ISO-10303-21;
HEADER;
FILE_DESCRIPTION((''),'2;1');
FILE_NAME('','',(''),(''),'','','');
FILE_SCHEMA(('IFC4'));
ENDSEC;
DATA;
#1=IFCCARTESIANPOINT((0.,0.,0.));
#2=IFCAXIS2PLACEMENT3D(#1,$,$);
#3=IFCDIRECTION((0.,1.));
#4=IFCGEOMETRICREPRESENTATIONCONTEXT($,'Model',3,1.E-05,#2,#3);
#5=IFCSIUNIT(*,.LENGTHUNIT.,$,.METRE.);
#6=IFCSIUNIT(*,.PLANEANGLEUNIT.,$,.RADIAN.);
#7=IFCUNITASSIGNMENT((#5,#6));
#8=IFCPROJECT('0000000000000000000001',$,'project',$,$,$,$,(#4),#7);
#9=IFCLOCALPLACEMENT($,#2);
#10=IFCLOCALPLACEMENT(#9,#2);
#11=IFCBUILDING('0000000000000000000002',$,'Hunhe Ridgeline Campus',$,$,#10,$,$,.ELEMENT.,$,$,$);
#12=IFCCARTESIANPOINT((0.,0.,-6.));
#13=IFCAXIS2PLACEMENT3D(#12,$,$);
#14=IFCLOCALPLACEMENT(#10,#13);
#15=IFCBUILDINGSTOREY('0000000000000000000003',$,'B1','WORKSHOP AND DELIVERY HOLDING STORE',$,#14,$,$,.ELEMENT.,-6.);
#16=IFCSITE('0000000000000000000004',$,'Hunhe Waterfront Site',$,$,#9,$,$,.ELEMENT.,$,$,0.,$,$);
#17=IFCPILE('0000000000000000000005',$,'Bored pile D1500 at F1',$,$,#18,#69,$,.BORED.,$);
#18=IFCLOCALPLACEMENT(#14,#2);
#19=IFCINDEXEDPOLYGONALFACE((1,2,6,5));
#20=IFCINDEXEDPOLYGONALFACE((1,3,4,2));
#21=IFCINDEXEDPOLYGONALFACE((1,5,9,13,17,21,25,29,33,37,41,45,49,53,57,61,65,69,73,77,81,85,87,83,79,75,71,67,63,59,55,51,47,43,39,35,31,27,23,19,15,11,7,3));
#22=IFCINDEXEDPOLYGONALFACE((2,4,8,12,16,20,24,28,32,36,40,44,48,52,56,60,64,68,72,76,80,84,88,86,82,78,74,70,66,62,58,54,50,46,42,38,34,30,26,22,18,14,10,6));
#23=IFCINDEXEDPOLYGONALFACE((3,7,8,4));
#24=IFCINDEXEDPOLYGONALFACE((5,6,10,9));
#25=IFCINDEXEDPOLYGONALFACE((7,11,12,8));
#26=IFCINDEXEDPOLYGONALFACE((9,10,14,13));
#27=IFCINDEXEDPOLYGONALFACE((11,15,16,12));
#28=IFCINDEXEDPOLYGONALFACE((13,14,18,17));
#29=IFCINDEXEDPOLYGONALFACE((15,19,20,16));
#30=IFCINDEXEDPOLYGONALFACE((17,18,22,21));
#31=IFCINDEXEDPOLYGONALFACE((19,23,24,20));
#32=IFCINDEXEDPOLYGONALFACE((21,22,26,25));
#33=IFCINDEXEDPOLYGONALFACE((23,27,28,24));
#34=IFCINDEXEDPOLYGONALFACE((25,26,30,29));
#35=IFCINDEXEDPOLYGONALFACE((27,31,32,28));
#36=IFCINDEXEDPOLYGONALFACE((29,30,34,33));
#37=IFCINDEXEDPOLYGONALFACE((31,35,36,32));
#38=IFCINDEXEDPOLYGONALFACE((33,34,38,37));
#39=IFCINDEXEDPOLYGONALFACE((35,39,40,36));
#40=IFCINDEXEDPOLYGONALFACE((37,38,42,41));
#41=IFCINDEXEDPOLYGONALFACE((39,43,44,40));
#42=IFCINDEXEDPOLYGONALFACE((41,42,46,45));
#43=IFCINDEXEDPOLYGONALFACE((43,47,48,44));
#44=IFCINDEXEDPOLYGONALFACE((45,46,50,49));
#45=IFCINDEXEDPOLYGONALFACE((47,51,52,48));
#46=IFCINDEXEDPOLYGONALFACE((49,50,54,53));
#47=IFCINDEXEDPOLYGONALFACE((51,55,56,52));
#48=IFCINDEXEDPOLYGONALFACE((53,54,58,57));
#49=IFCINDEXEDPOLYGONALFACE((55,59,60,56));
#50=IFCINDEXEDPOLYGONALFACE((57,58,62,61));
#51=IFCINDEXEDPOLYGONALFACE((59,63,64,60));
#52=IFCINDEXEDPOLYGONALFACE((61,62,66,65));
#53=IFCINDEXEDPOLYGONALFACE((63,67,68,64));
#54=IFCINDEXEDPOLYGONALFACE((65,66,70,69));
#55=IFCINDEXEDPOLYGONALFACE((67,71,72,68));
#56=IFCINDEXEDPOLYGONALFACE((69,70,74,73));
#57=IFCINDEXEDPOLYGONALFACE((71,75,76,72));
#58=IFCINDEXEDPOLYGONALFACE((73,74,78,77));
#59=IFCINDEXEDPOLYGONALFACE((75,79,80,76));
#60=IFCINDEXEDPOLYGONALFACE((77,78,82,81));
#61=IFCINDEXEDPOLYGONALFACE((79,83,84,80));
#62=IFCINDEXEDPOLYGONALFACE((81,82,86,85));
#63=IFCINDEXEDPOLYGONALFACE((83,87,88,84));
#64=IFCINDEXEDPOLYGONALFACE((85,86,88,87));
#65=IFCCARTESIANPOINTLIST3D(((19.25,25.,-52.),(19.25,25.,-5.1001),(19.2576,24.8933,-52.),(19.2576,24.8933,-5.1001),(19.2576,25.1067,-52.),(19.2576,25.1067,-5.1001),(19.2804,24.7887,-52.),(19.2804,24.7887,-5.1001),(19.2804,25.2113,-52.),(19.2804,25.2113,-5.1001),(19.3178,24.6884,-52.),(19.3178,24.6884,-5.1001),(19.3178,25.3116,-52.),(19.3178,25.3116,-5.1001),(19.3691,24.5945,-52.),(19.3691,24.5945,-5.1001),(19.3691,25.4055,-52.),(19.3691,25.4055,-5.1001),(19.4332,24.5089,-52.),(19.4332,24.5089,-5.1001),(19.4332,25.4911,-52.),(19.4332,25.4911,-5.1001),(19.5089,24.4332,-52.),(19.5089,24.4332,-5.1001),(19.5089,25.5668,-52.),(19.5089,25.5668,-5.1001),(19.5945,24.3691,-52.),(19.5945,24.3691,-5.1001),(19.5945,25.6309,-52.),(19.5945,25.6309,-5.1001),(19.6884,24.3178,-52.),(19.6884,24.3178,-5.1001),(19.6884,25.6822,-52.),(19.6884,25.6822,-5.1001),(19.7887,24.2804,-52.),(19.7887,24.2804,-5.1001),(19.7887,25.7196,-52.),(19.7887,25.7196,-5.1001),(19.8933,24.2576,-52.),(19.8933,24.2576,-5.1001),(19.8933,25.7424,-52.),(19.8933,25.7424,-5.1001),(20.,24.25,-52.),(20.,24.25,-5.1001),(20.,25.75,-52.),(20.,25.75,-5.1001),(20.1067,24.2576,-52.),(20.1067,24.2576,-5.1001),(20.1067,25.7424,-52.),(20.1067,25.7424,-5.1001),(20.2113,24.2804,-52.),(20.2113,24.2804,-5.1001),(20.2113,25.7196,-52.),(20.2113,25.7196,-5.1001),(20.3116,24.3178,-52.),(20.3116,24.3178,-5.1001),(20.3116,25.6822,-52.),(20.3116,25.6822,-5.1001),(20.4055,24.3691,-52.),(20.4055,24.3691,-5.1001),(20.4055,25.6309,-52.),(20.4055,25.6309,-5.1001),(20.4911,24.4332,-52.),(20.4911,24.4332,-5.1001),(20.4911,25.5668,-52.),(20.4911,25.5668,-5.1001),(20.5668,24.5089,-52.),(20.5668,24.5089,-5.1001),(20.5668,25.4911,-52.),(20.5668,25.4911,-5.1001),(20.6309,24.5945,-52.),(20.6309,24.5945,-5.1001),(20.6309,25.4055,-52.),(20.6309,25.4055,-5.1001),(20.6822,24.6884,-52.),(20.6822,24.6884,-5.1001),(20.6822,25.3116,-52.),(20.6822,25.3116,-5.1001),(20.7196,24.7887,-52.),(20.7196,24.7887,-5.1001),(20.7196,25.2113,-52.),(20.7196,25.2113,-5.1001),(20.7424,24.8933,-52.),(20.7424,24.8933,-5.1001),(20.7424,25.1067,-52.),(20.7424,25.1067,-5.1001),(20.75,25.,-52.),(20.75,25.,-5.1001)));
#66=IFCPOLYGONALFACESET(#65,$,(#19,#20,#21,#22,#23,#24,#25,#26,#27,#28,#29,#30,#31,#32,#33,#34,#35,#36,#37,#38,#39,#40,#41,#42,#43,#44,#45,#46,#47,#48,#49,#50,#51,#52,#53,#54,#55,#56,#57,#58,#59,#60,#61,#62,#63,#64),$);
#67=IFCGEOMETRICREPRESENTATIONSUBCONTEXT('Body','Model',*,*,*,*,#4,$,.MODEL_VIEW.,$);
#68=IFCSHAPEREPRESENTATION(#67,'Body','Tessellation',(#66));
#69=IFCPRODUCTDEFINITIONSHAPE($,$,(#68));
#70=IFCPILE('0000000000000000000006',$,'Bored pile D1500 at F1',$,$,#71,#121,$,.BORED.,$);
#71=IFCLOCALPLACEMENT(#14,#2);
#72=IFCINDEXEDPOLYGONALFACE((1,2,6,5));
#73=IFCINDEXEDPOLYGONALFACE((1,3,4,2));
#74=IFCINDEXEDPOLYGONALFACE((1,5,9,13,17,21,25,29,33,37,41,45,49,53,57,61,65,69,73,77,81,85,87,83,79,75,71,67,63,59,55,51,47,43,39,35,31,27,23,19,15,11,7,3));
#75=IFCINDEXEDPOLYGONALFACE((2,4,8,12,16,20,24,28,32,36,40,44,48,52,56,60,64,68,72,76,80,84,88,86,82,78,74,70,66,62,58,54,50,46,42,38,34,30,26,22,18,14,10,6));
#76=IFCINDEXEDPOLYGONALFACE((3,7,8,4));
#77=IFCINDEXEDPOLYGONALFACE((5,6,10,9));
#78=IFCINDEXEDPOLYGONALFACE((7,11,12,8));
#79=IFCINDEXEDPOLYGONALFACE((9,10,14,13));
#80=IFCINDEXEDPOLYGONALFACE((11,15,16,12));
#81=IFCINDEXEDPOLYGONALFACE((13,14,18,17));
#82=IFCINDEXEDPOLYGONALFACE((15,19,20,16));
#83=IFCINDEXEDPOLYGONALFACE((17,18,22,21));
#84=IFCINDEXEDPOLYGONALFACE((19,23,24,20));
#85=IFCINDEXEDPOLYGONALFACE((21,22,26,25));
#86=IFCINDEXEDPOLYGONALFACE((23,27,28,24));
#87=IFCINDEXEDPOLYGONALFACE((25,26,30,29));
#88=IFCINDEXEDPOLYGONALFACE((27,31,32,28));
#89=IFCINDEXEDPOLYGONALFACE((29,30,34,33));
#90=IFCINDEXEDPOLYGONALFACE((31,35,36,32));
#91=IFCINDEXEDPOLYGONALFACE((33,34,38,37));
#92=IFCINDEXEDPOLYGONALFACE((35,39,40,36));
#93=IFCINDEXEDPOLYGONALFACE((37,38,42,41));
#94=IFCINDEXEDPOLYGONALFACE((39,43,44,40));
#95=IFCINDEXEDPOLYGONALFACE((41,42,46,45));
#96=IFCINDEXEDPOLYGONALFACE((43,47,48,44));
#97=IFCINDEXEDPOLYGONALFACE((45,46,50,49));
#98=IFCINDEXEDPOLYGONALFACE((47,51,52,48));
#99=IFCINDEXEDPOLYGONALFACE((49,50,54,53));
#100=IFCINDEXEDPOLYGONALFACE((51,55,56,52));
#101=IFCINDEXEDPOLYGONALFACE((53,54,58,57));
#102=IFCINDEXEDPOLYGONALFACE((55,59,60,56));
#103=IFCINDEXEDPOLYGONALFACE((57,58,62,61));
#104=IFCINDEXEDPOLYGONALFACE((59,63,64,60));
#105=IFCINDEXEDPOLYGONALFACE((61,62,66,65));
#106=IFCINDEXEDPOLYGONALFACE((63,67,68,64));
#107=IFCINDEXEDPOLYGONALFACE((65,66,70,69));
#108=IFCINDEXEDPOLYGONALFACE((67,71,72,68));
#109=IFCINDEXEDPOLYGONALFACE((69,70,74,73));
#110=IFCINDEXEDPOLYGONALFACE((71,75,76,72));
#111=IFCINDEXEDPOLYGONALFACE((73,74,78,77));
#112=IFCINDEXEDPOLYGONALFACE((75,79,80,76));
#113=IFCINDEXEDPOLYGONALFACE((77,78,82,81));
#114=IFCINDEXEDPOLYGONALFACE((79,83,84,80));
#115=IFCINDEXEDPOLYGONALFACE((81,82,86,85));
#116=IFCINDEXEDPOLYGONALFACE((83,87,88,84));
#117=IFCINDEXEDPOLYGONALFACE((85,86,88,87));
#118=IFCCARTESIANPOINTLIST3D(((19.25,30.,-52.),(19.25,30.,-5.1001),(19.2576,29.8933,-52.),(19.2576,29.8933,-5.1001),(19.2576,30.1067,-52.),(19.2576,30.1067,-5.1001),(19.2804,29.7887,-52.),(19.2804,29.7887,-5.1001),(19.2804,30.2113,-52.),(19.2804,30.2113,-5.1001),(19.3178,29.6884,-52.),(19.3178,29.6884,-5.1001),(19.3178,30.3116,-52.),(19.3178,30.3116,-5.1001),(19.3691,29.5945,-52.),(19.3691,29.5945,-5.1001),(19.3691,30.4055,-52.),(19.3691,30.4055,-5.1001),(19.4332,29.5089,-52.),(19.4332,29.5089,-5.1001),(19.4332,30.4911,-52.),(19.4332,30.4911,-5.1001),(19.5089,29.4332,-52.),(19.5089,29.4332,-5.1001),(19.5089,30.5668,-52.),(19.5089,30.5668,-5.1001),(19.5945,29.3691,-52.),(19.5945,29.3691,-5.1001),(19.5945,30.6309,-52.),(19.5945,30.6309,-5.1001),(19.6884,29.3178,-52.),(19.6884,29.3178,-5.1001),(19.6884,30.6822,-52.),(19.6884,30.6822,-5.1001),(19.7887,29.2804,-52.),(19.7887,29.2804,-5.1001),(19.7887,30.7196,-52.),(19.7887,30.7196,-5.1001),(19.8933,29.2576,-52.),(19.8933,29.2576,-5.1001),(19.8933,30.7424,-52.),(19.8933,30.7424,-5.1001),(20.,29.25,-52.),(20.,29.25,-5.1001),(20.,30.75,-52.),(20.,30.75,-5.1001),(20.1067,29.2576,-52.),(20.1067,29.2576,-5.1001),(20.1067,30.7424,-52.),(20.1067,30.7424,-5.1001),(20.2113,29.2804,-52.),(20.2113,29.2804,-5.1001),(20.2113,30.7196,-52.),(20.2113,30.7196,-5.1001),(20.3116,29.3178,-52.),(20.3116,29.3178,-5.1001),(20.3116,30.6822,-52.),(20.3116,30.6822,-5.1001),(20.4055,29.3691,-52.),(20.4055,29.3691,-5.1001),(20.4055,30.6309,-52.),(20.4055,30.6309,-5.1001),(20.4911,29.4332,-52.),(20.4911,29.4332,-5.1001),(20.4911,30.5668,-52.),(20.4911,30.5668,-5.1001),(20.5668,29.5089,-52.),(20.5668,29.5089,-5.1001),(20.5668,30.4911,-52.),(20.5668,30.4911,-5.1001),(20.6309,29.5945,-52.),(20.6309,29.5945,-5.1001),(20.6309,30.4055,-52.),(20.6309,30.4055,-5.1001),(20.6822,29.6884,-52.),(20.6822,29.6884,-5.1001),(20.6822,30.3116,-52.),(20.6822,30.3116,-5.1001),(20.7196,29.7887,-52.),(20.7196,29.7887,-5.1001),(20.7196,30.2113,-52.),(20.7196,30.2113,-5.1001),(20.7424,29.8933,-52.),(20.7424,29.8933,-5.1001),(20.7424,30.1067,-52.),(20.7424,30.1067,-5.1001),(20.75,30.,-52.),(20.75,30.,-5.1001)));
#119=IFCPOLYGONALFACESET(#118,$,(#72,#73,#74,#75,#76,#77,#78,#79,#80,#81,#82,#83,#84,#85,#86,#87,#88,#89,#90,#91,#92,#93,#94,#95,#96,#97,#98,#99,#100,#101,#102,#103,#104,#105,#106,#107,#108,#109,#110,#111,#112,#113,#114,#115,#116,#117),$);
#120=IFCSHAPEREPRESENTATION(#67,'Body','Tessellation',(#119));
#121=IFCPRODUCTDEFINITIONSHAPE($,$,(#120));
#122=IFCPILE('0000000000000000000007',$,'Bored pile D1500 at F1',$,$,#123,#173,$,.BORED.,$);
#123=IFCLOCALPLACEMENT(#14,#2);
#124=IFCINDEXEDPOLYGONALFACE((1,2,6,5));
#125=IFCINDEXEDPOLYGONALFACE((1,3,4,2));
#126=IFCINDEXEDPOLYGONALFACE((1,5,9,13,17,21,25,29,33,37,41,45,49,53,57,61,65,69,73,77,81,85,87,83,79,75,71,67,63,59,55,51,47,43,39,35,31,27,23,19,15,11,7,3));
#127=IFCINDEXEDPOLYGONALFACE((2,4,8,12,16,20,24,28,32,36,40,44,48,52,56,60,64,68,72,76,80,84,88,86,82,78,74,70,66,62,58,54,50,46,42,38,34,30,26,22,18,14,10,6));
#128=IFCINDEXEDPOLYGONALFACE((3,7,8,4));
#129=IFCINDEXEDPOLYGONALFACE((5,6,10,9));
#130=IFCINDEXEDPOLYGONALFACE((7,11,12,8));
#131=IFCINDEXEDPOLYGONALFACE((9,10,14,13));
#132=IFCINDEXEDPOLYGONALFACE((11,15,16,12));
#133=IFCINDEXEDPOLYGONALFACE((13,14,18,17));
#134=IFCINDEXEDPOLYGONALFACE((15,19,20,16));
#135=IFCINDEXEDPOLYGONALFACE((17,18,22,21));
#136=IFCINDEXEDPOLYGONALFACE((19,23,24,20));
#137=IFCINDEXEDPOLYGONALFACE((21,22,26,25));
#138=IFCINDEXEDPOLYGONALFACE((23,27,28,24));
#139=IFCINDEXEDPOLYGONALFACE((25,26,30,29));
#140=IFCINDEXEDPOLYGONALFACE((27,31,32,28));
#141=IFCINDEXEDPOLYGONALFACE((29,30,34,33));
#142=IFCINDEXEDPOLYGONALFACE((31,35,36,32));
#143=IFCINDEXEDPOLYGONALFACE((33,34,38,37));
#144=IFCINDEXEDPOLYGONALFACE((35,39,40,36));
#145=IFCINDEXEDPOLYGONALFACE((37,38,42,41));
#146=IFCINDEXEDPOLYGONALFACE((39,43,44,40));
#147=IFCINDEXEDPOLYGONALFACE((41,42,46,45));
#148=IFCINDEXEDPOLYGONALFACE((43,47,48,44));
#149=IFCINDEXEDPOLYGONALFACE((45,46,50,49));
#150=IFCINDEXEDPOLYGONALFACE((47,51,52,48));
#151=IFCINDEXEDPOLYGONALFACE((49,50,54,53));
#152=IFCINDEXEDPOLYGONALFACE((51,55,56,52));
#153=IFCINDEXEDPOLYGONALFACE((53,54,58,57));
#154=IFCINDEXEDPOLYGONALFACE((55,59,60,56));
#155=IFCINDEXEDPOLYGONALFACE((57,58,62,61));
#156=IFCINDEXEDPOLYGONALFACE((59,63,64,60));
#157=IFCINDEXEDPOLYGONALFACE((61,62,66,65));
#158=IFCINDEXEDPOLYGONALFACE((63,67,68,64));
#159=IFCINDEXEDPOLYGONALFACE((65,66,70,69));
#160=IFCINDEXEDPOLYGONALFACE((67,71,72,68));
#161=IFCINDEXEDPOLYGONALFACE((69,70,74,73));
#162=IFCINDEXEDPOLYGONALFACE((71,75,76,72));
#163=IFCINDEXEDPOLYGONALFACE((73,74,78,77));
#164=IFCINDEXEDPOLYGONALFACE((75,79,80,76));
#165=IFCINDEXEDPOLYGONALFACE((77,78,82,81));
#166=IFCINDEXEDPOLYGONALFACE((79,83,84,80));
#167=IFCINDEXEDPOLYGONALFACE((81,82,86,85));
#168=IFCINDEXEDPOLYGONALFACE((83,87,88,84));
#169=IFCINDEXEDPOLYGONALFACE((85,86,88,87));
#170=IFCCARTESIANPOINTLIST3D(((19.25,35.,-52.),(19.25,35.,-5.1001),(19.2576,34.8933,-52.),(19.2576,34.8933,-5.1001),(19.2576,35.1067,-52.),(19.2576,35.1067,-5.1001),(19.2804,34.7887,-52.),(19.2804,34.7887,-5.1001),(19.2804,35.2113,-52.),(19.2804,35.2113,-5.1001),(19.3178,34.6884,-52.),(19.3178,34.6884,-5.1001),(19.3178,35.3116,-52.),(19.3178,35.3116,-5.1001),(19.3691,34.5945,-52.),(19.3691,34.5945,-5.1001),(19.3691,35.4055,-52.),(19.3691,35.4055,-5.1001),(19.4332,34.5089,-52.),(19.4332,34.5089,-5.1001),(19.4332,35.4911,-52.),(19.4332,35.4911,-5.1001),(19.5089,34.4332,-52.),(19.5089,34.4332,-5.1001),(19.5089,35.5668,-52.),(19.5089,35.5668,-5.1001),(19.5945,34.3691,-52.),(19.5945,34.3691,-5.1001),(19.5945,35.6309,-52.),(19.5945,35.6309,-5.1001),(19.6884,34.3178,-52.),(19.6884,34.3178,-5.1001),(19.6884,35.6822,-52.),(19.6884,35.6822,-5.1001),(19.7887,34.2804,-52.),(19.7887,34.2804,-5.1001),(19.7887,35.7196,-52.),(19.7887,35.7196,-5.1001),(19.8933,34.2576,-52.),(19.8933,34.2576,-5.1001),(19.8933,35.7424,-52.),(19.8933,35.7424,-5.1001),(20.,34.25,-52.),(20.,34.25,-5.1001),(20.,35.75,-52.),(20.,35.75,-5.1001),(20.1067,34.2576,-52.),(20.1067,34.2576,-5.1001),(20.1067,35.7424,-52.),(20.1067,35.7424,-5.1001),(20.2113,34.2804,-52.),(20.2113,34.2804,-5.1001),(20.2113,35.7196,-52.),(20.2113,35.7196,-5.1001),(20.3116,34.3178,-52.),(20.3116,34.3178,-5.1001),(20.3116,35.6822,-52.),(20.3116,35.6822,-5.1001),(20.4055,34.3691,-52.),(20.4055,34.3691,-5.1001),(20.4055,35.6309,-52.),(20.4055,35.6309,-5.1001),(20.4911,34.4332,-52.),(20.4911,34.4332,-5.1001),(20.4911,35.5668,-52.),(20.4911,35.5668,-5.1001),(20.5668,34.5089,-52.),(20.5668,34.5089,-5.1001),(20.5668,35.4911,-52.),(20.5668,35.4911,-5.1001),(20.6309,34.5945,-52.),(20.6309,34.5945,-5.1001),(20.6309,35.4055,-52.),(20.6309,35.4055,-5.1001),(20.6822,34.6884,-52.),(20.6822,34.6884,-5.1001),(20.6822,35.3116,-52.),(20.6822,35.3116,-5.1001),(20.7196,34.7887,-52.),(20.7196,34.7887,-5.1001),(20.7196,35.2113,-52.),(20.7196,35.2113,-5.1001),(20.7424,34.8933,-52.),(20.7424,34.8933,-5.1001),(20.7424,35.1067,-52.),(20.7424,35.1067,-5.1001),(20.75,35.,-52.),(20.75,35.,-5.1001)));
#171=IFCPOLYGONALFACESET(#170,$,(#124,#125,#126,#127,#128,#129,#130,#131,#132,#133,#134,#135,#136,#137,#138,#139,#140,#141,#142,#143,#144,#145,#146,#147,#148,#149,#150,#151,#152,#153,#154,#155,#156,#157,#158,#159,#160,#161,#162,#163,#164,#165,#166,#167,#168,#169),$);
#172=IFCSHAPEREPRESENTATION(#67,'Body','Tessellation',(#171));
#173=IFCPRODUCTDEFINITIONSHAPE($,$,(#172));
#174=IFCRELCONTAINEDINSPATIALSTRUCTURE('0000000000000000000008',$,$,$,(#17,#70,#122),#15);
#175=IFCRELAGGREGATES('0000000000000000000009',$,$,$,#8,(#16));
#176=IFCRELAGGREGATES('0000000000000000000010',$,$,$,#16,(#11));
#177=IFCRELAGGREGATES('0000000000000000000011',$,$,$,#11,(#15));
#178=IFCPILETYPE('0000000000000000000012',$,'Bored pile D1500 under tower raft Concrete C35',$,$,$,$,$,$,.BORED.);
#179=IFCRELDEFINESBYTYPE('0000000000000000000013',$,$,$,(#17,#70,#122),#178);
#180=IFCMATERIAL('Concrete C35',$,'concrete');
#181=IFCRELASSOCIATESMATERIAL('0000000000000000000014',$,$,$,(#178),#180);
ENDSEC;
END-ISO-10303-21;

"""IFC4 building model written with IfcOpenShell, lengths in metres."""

from ifc_helpers import new_model, si_unit, direction, frame, origin, origin_2d, place, context, subcontext, project, spatial, circle, extrude, material, material_profile, profile_set, type_object, element, save


model = new_model("IFC4")

# Units and contexts
model_context = context("Model", 3, precision=1e-05, world=origin(), true_north=direction((0.0, 1.0)))
body_context = subcontext(model_context, "Body", "Model", "MODEL_VIEW")
ifc_project = project(units=[si_unit("LENGTHUNIT", "METRE"), si_unit("PLANEANGLEUNIT", "RADIAN")], contexts=[model_context])

# Site, building, storey
site_placement = place(None, origin())
site = spatial("IfcSite", under=ifc_project, at=site_placement, Name="Hunhe Waterfront Site", CompositionType="ELEMENT", RefElevation=0.0)
building_placement = place(site_placement, origin())
building = spatial("IfcBuilding", under=site, at=building_placement, Name="Hunhe Ridgeline Campus", CompositionType="ELEMENT")
storey_placement = place(building_placement, frame((0.0, 0.0, -6.0)))
storey = spatial("IfcBuildingStorey", under=building, at=storey_placement, Name="B1", Description="WORKSHOP AND DELIVERY HOLDING STORE", CompositionType="ELEMENT", Elevation=-6.0)

# Piles
ifc_material_1 = material(Name="Concrete C35", Category="concrete")
ifc_material_profile_1 = material_profile(ifc_material_1, circle(Radius=0.75, at=origin_2d()))
ifc_profile_set_1 = profile_set([ifc_material_profile_1], Name="Concrete C35")
pile_type = type_object("IfcPileType", Name="Bored pile D1500 under tower raft Concrete C35", PredefinedType="BORED", material=ifc_profile_set_1)
for number, where, z_axis, x_axis, name in (
    (1, (20.0, 25.0, -5.1001), (0.0, 0.0, -1.0), (1.0, 0.0, 0.0), "Bored pile D1500 at F1"),
    (2, (20.0, 30.0, -5.1001), (0.0, 0.0, -1.0), (1.0, 0.0, 0.0), "Bored pile D1500 at F1"),
    (3, (20.0, 35.0, -5.1001), (0.0, 0.0, -1.0), (1.0, 0.0, 0.0), "Bored pile D1500 at F1"),
):
    element("IfcPile", number, at=place(storey_placement, frame(where, z_axis=z_axis, x_axis=x_axis)), inside=storey, type_object=pile_type, Name=name, PredefinedType="BORED", context=body_context, shape_type="SweptSolid", body=[
        extrude(circle(Radius=0.75, at=origin_2d()), origin(), (0.0, 0.0, 1.0), 46.8999),
    ])

save(model, "model.ifc")
